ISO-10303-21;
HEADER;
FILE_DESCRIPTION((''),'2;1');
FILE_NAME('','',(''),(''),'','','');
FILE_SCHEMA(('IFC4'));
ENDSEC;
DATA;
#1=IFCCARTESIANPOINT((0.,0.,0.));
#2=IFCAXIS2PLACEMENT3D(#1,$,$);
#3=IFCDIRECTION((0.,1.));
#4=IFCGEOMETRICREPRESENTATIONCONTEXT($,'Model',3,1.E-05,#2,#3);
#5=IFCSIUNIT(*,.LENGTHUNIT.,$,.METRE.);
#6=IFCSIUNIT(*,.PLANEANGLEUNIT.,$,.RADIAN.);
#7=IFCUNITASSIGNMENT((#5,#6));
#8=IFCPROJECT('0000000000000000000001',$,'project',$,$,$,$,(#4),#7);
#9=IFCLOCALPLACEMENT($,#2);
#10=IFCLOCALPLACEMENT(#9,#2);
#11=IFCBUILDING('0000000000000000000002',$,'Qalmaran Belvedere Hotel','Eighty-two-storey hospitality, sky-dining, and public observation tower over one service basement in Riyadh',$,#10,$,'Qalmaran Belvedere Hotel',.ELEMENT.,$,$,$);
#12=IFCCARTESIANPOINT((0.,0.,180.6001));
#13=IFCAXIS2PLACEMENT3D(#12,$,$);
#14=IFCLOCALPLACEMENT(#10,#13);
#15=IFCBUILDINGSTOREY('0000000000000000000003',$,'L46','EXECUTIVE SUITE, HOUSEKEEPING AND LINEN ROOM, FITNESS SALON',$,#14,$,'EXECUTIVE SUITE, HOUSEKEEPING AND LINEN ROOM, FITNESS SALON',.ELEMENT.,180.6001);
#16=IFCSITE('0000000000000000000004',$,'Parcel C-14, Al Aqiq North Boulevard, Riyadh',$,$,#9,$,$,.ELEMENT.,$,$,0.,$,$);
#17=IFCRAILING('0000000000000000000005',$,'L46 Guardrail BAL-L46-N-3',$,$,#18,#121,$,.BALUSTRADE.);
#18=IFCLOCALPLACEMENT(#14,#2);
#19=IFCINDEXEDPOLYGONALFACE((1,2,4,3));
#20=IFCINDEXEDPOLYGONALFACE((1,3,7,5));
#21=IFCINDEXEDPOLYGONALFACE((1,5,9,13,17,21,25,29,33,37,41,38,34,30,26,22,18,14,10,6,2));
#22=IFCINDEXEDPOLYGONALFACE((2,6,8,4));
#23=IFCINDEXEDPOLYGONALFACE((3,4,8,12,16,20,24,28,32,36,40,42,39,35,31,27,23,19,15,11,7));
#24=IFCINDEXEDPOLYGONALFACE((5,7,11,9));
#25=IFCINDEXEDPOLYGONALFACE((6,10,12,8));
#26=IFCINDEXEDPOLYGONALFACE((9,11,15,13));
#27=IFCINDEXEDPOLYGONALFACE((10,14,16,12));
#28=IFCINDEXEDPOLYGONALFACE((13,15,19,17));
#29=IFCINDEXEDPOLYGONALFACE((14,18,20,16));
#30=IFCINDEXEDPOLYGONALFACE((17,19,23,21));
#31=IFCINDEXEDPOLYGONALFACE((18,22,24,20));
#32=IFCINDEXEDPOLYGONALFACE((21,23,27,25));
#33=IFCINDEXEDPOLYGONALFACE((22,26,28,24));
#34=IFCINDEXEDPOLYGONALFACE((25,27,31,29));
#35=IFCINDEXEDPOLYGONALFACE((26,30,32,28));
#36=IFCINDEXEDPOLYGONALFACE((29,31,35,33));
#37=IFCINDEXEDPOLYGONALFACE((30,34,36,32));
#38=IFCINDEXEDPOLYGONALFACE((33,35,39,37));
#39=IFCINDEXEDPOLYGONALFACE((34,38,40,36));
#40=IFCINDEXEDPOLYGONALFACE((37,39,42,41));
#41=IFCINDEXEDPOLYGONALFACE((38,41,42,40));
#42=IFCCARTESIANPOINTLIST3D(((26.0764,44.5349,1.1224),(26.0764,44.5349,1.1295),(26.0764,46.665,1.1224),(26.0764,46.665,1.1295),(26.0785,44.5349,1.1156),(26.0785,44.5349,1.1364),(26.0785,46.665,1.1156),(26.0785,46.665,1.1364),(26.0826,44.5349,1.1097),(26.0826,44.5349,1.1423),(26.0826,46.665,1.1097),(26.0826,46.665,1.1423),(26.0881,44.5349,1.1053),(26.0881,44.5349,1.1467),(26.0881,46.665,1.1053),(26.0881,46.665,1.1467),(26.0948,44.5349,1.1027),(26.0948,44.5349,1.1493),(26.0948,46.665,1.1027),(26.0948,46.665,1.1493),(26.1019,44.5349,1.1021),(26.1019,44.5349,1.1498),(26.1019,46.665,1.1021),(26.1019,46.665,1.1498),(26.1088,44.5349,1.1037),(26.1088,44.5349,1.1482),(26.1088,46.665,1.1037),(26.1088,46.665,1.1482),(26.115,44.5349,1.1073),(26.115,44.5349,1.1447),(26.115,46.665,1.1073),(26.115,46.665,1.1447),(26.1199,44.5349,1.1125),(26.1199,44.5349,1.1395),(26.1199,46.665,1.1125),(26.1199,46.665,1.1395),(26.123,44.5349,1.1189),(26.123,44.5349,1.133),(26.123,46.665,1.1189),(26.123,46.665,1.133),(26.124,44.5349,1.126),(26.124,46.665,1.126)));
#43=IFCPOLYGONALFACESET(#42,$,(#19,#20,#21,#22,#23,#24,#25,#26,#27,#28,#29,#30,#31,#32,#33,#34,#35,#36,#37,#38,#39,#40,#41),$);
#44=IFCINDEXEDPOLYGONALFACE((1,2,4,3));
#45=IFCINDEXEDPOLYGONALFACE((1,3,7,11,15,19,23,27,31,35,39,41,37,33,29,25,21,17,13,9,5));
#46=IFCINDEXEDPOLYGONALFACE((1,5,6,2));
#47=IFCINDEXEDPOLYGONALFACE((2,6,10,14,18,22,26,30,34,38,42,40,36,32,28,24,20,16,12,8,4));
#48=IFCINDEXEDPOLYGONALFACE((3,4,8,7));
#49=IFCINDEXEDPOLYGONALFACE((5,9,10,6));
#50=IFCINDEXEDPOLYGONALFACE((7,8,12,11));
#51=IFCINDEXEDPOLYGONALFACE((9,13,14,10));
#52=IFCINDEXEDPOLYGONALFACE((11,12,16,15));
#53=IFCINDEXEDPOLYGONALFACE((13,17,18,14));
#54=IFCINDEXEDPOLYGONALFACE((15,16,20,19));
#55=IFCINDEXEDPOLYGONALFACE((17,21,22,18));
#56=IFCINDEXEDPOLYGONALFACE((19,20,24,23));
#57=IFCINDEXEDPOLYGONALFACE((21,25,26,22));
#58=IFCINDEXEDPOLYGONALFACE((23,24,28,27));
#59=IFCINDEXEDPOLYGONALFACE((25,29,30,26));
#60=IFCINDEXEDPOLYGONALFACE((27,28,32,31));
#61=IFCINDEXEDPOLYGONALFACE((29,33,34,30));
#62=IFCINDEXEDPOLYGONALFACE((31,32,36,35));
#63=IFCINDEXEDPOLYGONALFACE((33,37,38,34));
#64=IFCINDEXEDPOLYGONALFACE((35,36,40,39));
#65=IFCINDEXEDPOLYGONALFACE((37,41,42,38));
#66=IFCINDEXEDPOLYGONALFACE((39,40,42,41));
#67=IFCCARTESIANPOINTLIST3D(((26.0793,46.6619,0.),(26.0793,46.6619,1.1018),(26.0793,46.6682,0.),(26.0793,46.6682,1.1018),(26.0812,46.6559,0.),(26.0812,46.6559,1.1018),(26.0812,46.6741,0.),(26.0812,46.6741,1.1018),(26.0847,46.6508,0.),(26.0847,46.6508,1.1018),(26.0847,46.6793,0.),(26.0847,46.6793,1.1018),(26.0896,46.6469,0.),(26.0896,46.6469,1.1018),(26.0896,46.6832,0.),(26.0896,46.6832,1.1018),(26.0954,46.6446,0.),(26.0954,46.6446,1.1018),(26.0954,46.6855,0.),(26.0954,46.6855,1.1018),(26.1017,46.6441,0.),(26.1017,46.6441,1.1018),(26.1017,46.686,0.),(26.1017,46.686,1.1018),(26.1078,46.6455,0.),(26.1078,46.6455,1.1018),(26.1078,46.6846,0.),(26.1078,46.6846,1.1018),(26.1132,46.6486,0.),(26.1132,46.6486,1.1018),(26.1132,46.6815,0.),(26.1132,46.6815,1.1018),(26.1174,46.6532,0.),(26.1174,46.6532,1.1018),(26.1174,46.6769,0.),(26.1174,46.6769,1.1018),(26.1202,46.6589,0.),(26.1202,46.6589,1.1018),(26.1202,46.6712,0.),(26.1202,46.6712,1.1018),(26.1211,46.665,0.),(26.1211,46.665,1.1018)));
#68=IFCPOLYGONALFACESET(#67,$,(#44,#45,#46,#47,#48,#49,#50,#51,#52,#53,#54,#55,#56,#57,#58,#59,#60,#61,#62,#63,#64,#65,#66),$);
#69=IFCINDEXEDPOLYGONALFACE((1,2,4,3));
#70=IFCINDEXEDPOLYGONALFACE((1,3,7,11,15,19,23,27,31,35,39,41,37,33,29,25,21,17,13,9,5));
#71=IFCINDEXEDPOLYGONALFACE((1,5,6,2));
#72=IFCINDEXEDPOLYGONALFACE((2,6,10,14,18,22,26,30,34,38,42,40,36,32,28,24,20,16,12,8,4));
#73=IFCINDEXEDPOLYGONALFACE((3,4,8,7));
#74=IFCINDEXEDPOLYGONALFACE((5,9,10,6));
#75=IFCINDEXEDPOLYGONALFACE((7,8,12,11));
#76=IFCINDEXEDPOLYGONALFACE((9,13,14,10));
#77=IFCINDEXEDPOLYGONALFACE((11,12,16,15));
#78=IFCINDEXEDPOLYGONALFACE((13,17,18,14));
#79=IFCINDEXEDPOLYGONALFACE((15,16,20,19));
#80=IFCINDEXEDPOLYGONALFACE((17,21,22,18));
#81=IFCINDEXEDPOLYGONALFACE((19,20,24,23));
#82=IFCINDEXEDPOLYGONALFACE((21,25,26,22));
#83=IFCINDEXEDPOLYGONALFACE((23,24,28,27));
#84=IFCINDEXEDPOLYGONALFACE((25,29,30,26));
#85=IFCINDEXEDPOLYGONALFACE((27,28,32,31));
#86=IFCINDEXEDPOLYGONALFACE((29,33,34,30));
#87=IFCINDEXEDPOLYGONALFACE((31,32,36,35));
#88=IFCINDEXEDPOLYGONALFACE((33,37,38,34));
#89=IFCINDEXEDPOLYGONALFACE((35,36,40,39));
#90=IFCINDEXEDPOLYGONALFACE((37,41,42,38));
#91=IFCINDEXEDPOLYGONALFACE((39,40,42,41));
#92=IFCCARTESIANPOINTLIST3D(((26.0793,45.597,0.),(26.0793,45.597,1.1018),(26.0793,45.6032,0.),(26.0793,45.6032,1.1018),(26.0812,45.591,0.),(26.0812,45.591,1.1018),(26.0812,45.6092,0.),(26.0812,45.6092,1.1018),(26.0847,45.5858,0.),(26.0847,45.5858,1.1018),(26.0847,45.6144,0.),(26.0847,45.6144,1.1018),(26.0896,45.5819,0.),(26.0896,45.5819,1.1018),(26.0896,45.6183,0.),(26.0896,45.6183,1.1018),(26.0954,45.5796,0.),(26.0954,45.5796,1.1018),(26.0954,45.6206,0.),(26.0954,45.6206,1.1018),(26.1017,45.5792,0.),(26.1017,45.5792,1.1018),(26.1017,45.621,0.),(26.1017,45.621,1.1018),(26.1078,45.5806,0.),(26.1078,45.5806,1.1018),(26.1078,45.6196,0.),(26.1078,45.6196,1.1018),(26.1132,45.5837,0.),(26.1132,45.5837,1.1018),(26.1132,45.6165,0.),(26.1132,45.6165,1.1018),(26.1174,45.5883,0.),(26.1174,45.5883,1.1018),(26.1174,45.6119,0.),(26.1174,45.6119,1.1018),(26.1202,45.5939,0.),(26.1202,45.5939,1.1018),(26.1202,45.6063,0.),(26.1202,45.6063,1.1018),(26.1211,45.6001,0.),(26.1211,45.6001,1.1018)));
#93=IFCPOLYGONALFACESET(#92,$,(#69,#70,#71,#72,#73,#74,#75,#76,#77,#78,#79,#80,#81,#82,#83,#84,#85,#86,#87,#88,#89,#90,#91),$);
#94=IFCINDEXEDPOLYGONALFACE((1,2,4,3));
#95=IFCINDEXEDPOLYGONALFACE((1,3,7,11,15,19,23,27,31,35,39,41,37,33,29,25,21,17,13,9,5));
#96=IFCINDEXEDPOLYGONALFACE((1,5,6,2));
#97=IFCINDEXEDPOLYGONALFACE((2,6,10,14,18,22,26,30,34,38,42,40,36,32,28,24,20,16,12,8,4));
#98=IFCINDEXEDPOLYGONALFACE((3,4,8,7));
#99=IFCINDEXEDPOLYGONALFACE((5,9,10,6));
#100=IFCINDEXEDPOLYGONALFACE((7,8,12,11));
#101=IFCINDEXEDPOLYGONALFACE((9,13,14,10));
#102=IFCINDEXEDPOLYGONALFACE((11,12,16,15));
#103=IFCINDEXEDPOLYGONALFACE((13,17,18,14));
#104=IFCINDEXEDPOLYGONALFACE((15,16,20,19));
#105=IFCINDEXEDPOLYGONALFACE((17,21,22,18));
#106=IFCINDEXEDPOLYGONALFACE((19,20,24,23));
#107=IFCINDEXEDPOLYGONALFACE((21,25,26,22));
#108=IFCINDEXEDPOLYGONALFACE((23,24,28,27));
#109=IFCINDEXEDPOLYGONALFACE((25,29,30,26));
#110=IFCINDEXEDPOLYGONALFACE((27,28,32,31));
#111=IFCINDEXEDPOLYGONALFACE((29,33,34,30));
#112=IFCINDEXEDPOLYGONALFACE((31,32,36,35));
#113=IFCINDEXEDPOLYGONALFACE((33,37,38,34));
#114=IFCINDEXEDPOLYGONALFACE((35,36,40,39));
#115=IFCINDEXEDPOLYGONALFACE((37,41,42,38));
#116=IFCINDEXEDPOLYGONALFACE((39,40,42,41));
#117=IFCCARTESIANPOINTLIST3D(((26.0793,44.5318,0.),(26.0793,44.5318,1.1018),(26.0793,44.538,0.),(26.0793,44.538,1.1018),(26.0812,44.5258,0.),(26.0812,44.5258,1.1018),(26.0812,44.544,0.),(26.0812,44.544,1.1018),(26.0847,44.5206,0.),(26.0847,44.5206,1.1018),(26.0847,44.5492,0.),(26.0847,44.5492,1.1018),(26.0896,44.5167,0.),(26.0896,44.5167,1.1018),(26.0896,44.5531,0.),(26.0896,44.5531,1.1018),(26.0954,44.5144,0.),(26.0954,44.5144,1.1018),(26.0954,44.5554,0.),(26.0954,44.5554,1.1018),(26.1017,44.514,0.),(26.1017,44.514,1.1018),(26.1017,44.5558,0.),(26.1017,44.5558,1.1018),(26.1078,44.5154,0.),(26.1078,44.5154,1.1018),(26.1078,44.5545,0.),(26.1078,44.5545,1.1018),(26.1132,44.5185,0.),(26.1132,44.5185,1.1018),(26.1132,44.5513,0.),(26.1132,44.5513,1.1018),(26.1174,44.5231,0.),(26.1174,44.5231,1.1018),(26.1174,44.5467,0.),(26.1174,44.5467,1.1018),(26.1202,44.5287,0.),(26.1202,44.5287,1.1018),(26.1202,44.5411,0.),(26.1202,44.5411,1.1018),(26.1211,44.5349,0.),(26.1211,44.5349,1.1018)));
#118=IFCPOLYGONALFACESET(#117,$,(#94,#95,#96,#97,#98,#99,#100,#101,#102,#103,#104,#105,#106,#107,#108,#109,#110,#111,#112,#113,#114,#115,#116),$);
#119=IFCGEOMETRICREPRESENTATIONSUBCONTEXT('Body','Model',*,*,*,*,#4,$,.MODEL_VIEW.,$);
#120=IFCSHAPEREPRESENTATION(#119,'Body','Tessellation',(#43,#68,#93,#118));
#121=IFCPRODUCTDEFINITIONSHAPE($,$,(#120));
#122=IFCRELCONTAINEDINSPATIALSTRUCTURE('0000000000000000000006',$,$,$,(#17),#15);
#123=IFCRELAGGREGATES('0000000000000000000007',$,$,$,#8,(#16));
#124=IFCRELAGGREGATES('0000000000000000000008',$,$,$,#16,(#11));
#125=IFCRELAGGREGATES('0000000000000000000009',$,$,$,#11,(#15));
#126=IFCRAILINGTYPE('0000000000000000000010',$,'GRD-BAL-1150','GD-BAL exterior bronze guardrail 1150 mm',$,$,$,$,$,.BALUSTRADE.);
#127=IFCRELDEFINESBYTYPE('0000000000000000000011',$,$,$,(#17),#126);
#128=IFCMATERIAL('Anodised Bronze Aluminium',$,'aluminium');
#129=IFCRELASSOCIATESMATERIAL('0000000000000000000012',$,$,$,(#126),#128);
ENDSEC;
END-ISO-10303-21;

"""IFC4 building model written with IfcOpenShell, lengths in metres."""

from ifc_helpers import new_model, si_unit, direction, frame, origin, origin_2d, place, context, subcontext, project, spatial, circle, extrude, material, type_object, element, save


model = new_model("IFC4")

# Units and contexts
model_context = context("Model", 3, precision=1e-05, world=origin(), true_north=direction((0.0, 1.0)))
body_context = subcontext(model_context, "Body", "Model", "MODEL_VIEW")
ifc_project = project(units=[si_unit("LENGTHUNIT", "METRE"), si_unit("PLANEANGLEUNIT", "RADIAN")], contexts=[model_context])

# Site, building, storey
site_placement = place(None, origin())
site = spatial("IfcSite", under=ifc_project, at=site_placement, Name="Parcel C-14, Al Aqiq North Boulevard, Riyadh", CompositionType="ELEMENT", RefElevation=0.0)
building_placement = place(site_placement, origin())
building = spatial("IfcBuilding", under=site, at=building_placement, Name="Qalmaran Belvedere Hotel", Description="Eighty-two-storey hospitality, sky-dining, and public observation tower over one service basement in Riyadh", LongName="Qalmaran Belvedere Hotel", CompositionType="ELEMENT")
storey_placement = place(building_placement, frame((0.0, 0.0, 180.6001)))
storey = spatial("IfcBuildingStorey", under=building, at=storey_placement, Name="L46", Description="EXECUTIVE SUITE, HOUSEKEEPING AND LINEN ROOM, FITNESS SALON", LongName="EXECUTIVE SUITE, HOUSEKEEPING AND LINEN ROOM, FITNESS SALON", CompositionType="ELEMENT", Elevation=180.6001)

# Shared definitions
ifc_material_1 = material(Name="Anodised Bronze Aluminium", Category="aluminium")

# Railing
railing_type = type_object("IfcRailingType", Name="GRD-BAL-1150", Description="GD-BAL exterior bronze guardrail 1150 mm", PredefinedType="BALUSTRADE", material=ifc_material_1)
railing_1_placement = place(storey_placement, frame((26.1001, 46.665, 0.0)))
element("IfcRailing", 1, at=railing_1_placement, inside=storey, type_object=railing_type, Name="L46 Guardrail BAL-L46-N-3", PredefinedType="BALUSTRADE", context=body_context, shape_type="SweptSolid", body=[
    extrude(circle(Radius=0.0239, at=origin_2d()), frame((0.0, 0.0, 1.126), z_axis=(0.0, -1.0, 0.0), x_axis=(1.0, 0.0, 0.0)), (0.0, 0.0, 1.0), 2.1301),
    extrude(circle(Radius=0.021, at=origin_2d()), origin(), (0.0, 0.0, 1.0), 1.1018),
    extrude(circle(Radius=0.021, at=origin_2d()), frame((0.0, -1.0649, 0.0)), (0.0, 0.0, 1.0), 1.1018),
    extrude(circle(Radius=0.021, at=origin_2d()), frame((0.0, -2.1301, 0.0)), (0.0, 0.0, 1.0), 1.1018),
])

save(model, "model.ifc")
